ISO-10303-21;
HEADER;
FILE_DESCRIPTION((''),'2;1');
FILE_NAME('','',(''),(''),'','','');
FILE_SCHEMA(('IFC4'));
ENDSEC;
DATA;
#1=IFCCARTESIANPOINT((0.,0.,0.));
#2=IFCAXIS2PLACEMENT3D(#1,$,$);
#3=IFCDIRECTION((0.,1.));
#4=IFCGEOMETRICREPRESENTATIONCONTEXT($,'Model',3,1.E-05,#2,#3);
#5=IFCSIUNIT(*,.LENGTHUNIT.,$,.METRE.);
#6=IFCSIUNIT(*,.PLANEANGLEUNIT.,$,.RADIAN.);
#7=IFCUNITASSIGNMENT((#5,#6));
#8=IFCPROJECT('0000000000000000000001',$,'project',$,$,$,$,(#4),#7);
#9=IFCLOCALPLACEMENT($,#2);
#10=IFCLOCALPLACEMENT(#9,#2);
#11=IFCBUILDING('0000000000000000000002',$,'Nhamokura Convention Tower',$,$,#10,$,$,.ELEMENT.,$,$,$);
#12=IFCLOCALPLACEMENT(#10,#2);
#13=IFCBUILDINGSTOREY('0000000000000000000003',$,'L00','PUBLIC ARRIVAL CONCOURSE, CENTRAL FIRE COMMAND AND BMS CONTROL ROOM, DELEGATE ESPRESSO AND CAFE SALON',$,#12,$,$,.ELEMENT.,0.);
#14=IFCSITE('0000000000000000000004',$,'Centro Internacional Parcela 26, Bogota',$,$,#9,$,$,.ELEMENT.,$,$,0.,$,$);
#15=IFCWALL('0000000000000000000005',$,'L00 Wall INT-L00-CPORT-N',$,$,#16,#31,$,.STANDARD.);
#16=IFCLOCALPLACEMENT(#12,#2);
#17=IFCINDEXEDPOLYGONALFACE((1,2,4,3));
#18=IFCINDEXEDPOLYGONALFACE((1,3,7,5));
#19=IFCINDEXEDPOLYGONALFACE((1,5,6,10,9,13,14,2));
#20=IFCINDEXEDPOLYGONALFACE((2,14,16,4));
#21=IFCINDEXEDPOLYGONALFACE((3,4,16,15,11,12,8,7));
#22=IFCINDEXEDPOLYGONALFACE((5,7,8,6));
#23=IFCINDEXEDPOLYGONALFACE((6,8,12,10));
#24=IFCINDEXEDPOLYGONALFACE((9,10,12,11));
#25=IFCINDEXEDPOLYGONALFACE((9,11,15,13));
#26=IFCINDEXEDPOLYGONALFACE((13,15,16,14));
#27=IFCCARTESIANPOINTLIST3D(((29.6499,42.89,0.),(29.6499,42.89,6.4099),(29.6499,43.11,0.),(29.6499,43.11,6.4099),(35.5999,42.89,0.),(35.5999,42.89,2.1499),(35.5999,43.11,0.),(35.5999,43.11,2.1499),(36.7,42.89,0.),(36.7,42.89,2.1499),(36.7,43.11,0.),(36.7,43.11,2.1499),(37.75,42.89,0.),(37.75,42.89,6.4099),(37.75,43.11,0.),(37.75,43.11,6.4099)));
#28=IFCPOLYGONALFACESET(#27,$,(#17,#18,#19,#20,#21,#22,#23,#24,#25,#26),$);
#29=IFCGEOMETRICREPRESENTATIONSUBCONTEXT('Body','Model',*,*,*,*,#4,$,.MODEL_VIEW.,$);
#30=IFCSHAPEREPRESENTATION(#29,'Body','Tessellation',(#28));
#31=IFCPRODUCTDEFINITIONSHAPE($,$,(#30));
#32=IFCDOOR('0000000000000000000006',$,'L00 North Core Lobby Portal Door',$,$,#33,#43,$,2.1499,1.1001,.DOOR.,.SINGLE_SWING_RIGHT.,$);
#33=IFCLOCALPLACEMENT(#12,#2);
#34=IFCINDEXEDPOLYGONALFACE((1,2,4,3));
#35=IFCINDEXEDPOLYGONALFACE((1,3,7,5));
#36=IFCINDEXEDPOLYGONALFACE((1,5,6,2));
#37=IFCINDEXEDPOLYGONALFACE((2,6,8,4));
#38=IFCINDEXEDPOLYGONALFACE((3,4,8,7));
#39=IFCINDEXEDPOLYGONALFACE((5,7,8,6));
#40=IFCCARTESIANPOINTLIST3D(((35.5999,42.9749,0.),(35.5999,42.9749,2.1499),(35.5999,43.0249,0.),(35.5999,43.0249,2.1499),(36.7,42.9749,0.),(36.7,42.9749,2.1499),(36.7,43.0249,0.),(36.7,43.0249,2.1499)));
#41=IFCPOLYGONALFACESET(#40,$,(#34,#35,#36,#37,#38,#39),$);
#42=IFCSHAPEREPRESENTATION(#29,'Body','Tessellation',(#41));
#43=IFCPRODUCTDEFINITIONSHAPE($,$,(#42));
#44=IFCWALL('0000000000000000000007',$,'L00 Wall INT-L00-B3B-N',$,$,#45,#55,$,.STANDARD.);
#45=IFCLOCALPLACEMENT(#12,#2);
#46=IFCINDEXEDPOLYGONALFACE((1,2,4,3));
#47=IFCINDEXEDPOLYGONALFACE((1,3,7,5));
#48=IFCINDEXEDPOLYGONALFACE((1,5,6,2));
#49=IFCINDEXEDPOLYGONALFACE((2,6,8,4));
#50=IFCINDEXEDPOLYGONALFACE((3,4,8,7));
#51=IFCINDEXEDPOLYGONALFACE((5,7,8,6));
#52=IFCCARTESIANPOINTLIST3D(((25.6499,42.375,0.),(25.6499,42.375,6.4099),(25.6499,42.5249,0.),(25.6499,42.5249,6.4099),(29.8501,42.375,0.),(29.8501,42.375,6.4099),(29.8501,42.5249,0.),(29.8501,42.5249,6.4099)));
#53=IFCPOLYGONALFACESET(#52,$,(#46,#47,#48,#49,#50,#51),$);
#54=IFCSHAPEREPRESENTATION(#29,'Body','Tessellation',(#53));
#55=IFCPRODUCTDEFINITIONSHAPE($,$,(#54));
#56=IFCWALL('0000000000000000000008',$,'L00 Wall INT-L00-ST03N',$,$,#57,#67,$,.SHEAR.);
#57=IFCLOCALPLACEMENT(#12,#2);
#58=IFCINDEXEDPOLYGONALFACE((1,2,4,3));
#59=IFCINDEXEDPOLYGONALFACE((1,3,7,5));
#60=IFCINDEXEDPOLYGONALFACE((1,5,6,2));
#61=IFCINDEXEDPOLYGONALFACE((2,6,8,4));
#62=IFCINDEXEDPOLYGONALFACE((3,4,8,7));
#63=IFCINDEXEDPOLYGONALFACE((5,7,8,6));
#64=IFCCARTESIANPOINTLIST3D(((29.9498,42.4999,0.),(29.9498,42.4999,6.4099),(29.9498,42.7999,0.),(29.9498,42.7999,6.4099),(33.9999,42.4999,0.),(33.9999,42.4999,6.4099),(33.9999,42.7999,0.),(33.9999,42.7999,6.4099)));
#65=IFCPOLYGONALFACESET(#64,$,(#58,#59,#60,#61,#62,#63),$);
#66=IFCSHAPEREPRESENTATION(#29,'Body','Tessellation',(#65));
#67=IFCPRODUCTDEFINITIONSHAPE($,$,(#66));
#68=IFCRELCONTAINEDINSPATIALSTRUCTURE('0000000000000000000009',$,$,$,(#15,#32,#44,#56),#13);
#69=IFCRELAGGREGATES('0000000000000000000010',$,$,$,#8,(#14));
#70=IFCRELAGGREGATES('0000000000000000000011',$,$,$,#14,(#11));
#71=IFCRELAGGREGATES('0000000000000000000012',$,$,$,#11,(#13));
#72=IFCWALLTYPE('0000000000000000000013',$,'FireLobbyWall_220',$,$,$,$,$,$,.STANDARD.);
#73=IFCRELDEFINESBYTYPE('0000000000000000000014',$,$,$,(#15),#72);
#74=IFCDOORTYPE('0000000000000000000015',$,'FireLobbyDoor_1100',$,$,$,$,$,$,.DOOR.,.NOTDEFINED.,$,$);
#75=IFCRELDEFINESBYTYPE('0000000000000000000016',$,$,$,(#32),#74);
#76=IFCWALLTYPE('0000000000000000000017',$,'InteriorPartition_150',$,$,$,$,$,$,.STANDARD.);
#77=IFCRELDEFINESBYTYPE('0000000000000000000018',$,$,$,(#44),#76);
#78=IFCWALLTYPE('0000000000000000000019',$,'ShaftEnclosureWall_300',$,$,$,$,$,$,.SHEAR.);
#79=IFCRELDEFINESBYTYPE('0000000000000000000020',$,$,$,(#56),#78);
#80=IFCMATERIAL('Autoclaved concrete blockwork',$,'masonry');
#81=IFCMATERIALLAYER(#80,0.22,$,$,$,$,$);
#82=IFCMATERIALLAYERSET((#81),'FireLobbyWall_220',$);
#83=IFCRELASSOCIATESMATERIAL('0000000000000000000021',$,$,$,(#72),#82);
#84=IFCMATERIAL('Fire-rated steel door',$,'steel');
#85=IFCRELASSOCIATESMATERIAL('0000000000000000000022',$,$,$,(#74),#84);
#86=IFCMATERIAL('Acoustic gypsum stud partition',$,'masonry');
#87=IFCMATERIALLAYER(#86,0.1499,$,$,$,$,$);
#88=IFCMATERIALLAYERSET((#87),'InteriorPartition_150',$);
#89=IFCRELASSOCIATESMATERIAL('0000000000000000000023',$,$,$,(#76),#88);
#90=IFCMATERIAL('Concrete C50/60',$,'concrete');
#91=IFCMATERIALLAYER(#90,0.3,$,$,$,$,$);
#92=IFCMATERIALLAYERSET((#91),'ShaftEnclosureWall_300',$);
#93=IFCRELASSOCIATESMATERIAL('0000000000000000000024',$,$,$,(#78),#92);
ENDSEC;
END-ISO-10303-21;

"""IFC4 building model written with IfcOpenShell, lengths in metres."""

from ifc_helpers import new_model, si_unit, direction, frame, frame_2d, origin, place, context, subcontext, project, spatial, rectangle, extrude, material, layer, layer_set, type_object, element, fill, save


model = new_model("IFC4")

# Units and contexts
model_context = context("Model", 3, precision=1e-05, world=origin(), true_north=direction((0.0, 1.0)))
body_context = subcontext(model_context, "Body", "Model", "MODEL_VIEW")
ifc_project = project(units=[si_unit("LENGTHUNIT", "METRE"), si_unit("PLANEANGLEUNIT", "RADIAN")], contexts=[model_context])

# Site, building, storey
site_placement = place(None, origin())
site = spatial("IfcSite", under=ifc_project, at=site_placement, Name="Centro Internacional Parcela 26, Bogota", CompositionType="ELEMENT", RefElevation=0.0)
building_placement = place(site_placement, origin())
building = spatial("IfcBuilding", under=site, at=building_placement, Name="Nhamokura Convention Tower", CompositionType="ELEMENT")
storey_placement = place(building_placement, origin())
storey = spatial("IfcBuildingStorey", under=building, at=storey_placement, Name="L00", Description="PUBLIC ARRIVAL CONCOURSE, CENTRAL FIRE COMMAND AND BMS CONTROL ROOM, DELEGATE ESPRESSO AND CAFE SALON", CompositionType="ELEMENT", Elevation=0.0)

# Wall, opening, door
ifc_material_1 = material(Name="Autoclaved concrete blockwork", Category="masonry")
ifc_layer_1 = layer(ifc_material_1, 0.22)
ifc_layer_set_1 = layer_set([ifc_layer_1], Name="FireLobbyWall_220")
wall_type_1 = type_object("IfcWallType", Name="FireLobbyWall_220", PredefinedType="STANDARD", material=ifc_layer_set_1)
wall_1_placement = place(storey_placement, frame((29.6499, 43.0, 0.0), z_axis=(0.0, 0.0, 1.0), x_axis=(1.0, 0.0, 0.0)))
wall_1 = element("IfcWall", 1, at=wall_1_placement, inside=storey, type_object=wall_type_1, Name="L00 Wall INT-L00-CPORT-N", PredefinedType="STANDARD", context=body_context, shape_type="SweptSolid", body=[
    extrude(rectangle(XDim=8.1001, YDim=0.22, at=frame_2d((4.05, 0.0))), origin(), (0.0, 0.0, 1.0), 6.4099),
])
opening_placement = place(wall_1_placement, frame((5.95, 0.0, 0.0)))
opening = element("IfcOpeningElement", 2, at=opening_placement, cuts=wall_1, PredefinedType="OPENING", context=body_context, shape_type="SweptSolid", body=[
    extrude(rectangle(XDim=1.1001, YDim=2.1499, at=frame_2d((0.55, 1.075))), frame((0.0, 0.1199, 0.0), z_axis=(0.0, -1.0, 0.0), x_axis=(1.0, 0.0, 0.0)), (0.0, 0.0, 1.0), 0.24),
])
ifc_material_2 = material(Name="Fire-rated steel door", Category="steel")
door_type = type_object("IfcDoorType", Name="FireLobbyDoor_1100", OperationType="NOTDEFINED", PredefinedType="DOOR", material=ifc_material_2)
door_placement = place(opening_placement, origin())
door = element("IfcDoor", 3, at=door_placement, inside=storey, type_object=door_type, Name="L00 North Core Lobby Portal Door", OperationType="SINGLE_SWING_RIGHT", OverallHeight=2.1499, OverallWidth=1.1001, PredefinedType="DOOR", context=body_context, shape_type="SweptSolid", body=[
    extrude(rectangle(XDim=1.1001, YDim=2.1499, at=frame_2d((0.55, 1.075))), frame((0.0, 0.0249, 0.0), z_axis=(0.0, -1.0, 0.0), x_axis=(1.0, 0.0, 0.0)), (0.0, 0.0, 1.0), 0.05),
])
fill(opening, door)

# Walls
ifc_material_3 = material(Name="Acoustic gypsum stud partition", Category="masonry")
ifc_layer_2 = layer(ifc_material_3, 0.1499)
ifc_layer_set_2 = layer_set([ifc_layer_2], Name="InteriorPartition_150")
wall_type_2 = type_object("IfcWallType", Name="InteriorPartition_150", PredefinedType="STANDARD", material=ifc_layer_set_2)
wall_2_placement = place(storey_placement, frame((25.6499, 42.45, 0.0), z_axis=(0.0, 0.0, 1.0), x_axis=(1.0, 0.0, 0.0)))
element("IfcWall", 4, at=wall_2_placement, inside=storey, type_object=wall_type_2, Name="L00 Wall INT-L00-B3B-N", PredefinedType="STANDARD", context=body_context, shape_type="SweptSolid", body=[
    extrude(rectangle(XDim=4.2002, YDim=0.1499, at=frame_2d((2.1001, 0.0))), origin(), (0.0, 0.0, 1.0), 6.4099),
])
ifc_material_4 = material(Name="Concrete C50/60", Category="concrete")
ifc_layer_3 = layer(ifc_material_4, 0.3)
ifc_layer_set_3 = layer_set([ifc_layer_3], Name="ShaftEnclosureWall_300")
wall_type_3 = type_object("IfcWallType", Name="ShaftEnclosureWall_300", PredefinedType="SHEAR", material=ifc_layer_set_3)
wall_3_placement = place(storey_placement, frame((29.95, 42.6499, 0.0), z_axis=(0.0, 0.0, 1.0), x_axis=(1.0, 0.0, 0.0)))
element("IfcWall", 5, at=wall_3_placement, inside=storey, type_object=wall_type_3, Name="L00 Wall INT-L00-ST03N", PredefinedType="SHEAR", context=body_context, shape_type="SweptSolid", body=[
    extrude(rectangle(XDim=4.05, YDim=0.3, at=frame_2d((2.0249, 0.0))), origin(), (0.0, 0.0, 1.0), 6.4099),
])

save(model, "model.ifc")
